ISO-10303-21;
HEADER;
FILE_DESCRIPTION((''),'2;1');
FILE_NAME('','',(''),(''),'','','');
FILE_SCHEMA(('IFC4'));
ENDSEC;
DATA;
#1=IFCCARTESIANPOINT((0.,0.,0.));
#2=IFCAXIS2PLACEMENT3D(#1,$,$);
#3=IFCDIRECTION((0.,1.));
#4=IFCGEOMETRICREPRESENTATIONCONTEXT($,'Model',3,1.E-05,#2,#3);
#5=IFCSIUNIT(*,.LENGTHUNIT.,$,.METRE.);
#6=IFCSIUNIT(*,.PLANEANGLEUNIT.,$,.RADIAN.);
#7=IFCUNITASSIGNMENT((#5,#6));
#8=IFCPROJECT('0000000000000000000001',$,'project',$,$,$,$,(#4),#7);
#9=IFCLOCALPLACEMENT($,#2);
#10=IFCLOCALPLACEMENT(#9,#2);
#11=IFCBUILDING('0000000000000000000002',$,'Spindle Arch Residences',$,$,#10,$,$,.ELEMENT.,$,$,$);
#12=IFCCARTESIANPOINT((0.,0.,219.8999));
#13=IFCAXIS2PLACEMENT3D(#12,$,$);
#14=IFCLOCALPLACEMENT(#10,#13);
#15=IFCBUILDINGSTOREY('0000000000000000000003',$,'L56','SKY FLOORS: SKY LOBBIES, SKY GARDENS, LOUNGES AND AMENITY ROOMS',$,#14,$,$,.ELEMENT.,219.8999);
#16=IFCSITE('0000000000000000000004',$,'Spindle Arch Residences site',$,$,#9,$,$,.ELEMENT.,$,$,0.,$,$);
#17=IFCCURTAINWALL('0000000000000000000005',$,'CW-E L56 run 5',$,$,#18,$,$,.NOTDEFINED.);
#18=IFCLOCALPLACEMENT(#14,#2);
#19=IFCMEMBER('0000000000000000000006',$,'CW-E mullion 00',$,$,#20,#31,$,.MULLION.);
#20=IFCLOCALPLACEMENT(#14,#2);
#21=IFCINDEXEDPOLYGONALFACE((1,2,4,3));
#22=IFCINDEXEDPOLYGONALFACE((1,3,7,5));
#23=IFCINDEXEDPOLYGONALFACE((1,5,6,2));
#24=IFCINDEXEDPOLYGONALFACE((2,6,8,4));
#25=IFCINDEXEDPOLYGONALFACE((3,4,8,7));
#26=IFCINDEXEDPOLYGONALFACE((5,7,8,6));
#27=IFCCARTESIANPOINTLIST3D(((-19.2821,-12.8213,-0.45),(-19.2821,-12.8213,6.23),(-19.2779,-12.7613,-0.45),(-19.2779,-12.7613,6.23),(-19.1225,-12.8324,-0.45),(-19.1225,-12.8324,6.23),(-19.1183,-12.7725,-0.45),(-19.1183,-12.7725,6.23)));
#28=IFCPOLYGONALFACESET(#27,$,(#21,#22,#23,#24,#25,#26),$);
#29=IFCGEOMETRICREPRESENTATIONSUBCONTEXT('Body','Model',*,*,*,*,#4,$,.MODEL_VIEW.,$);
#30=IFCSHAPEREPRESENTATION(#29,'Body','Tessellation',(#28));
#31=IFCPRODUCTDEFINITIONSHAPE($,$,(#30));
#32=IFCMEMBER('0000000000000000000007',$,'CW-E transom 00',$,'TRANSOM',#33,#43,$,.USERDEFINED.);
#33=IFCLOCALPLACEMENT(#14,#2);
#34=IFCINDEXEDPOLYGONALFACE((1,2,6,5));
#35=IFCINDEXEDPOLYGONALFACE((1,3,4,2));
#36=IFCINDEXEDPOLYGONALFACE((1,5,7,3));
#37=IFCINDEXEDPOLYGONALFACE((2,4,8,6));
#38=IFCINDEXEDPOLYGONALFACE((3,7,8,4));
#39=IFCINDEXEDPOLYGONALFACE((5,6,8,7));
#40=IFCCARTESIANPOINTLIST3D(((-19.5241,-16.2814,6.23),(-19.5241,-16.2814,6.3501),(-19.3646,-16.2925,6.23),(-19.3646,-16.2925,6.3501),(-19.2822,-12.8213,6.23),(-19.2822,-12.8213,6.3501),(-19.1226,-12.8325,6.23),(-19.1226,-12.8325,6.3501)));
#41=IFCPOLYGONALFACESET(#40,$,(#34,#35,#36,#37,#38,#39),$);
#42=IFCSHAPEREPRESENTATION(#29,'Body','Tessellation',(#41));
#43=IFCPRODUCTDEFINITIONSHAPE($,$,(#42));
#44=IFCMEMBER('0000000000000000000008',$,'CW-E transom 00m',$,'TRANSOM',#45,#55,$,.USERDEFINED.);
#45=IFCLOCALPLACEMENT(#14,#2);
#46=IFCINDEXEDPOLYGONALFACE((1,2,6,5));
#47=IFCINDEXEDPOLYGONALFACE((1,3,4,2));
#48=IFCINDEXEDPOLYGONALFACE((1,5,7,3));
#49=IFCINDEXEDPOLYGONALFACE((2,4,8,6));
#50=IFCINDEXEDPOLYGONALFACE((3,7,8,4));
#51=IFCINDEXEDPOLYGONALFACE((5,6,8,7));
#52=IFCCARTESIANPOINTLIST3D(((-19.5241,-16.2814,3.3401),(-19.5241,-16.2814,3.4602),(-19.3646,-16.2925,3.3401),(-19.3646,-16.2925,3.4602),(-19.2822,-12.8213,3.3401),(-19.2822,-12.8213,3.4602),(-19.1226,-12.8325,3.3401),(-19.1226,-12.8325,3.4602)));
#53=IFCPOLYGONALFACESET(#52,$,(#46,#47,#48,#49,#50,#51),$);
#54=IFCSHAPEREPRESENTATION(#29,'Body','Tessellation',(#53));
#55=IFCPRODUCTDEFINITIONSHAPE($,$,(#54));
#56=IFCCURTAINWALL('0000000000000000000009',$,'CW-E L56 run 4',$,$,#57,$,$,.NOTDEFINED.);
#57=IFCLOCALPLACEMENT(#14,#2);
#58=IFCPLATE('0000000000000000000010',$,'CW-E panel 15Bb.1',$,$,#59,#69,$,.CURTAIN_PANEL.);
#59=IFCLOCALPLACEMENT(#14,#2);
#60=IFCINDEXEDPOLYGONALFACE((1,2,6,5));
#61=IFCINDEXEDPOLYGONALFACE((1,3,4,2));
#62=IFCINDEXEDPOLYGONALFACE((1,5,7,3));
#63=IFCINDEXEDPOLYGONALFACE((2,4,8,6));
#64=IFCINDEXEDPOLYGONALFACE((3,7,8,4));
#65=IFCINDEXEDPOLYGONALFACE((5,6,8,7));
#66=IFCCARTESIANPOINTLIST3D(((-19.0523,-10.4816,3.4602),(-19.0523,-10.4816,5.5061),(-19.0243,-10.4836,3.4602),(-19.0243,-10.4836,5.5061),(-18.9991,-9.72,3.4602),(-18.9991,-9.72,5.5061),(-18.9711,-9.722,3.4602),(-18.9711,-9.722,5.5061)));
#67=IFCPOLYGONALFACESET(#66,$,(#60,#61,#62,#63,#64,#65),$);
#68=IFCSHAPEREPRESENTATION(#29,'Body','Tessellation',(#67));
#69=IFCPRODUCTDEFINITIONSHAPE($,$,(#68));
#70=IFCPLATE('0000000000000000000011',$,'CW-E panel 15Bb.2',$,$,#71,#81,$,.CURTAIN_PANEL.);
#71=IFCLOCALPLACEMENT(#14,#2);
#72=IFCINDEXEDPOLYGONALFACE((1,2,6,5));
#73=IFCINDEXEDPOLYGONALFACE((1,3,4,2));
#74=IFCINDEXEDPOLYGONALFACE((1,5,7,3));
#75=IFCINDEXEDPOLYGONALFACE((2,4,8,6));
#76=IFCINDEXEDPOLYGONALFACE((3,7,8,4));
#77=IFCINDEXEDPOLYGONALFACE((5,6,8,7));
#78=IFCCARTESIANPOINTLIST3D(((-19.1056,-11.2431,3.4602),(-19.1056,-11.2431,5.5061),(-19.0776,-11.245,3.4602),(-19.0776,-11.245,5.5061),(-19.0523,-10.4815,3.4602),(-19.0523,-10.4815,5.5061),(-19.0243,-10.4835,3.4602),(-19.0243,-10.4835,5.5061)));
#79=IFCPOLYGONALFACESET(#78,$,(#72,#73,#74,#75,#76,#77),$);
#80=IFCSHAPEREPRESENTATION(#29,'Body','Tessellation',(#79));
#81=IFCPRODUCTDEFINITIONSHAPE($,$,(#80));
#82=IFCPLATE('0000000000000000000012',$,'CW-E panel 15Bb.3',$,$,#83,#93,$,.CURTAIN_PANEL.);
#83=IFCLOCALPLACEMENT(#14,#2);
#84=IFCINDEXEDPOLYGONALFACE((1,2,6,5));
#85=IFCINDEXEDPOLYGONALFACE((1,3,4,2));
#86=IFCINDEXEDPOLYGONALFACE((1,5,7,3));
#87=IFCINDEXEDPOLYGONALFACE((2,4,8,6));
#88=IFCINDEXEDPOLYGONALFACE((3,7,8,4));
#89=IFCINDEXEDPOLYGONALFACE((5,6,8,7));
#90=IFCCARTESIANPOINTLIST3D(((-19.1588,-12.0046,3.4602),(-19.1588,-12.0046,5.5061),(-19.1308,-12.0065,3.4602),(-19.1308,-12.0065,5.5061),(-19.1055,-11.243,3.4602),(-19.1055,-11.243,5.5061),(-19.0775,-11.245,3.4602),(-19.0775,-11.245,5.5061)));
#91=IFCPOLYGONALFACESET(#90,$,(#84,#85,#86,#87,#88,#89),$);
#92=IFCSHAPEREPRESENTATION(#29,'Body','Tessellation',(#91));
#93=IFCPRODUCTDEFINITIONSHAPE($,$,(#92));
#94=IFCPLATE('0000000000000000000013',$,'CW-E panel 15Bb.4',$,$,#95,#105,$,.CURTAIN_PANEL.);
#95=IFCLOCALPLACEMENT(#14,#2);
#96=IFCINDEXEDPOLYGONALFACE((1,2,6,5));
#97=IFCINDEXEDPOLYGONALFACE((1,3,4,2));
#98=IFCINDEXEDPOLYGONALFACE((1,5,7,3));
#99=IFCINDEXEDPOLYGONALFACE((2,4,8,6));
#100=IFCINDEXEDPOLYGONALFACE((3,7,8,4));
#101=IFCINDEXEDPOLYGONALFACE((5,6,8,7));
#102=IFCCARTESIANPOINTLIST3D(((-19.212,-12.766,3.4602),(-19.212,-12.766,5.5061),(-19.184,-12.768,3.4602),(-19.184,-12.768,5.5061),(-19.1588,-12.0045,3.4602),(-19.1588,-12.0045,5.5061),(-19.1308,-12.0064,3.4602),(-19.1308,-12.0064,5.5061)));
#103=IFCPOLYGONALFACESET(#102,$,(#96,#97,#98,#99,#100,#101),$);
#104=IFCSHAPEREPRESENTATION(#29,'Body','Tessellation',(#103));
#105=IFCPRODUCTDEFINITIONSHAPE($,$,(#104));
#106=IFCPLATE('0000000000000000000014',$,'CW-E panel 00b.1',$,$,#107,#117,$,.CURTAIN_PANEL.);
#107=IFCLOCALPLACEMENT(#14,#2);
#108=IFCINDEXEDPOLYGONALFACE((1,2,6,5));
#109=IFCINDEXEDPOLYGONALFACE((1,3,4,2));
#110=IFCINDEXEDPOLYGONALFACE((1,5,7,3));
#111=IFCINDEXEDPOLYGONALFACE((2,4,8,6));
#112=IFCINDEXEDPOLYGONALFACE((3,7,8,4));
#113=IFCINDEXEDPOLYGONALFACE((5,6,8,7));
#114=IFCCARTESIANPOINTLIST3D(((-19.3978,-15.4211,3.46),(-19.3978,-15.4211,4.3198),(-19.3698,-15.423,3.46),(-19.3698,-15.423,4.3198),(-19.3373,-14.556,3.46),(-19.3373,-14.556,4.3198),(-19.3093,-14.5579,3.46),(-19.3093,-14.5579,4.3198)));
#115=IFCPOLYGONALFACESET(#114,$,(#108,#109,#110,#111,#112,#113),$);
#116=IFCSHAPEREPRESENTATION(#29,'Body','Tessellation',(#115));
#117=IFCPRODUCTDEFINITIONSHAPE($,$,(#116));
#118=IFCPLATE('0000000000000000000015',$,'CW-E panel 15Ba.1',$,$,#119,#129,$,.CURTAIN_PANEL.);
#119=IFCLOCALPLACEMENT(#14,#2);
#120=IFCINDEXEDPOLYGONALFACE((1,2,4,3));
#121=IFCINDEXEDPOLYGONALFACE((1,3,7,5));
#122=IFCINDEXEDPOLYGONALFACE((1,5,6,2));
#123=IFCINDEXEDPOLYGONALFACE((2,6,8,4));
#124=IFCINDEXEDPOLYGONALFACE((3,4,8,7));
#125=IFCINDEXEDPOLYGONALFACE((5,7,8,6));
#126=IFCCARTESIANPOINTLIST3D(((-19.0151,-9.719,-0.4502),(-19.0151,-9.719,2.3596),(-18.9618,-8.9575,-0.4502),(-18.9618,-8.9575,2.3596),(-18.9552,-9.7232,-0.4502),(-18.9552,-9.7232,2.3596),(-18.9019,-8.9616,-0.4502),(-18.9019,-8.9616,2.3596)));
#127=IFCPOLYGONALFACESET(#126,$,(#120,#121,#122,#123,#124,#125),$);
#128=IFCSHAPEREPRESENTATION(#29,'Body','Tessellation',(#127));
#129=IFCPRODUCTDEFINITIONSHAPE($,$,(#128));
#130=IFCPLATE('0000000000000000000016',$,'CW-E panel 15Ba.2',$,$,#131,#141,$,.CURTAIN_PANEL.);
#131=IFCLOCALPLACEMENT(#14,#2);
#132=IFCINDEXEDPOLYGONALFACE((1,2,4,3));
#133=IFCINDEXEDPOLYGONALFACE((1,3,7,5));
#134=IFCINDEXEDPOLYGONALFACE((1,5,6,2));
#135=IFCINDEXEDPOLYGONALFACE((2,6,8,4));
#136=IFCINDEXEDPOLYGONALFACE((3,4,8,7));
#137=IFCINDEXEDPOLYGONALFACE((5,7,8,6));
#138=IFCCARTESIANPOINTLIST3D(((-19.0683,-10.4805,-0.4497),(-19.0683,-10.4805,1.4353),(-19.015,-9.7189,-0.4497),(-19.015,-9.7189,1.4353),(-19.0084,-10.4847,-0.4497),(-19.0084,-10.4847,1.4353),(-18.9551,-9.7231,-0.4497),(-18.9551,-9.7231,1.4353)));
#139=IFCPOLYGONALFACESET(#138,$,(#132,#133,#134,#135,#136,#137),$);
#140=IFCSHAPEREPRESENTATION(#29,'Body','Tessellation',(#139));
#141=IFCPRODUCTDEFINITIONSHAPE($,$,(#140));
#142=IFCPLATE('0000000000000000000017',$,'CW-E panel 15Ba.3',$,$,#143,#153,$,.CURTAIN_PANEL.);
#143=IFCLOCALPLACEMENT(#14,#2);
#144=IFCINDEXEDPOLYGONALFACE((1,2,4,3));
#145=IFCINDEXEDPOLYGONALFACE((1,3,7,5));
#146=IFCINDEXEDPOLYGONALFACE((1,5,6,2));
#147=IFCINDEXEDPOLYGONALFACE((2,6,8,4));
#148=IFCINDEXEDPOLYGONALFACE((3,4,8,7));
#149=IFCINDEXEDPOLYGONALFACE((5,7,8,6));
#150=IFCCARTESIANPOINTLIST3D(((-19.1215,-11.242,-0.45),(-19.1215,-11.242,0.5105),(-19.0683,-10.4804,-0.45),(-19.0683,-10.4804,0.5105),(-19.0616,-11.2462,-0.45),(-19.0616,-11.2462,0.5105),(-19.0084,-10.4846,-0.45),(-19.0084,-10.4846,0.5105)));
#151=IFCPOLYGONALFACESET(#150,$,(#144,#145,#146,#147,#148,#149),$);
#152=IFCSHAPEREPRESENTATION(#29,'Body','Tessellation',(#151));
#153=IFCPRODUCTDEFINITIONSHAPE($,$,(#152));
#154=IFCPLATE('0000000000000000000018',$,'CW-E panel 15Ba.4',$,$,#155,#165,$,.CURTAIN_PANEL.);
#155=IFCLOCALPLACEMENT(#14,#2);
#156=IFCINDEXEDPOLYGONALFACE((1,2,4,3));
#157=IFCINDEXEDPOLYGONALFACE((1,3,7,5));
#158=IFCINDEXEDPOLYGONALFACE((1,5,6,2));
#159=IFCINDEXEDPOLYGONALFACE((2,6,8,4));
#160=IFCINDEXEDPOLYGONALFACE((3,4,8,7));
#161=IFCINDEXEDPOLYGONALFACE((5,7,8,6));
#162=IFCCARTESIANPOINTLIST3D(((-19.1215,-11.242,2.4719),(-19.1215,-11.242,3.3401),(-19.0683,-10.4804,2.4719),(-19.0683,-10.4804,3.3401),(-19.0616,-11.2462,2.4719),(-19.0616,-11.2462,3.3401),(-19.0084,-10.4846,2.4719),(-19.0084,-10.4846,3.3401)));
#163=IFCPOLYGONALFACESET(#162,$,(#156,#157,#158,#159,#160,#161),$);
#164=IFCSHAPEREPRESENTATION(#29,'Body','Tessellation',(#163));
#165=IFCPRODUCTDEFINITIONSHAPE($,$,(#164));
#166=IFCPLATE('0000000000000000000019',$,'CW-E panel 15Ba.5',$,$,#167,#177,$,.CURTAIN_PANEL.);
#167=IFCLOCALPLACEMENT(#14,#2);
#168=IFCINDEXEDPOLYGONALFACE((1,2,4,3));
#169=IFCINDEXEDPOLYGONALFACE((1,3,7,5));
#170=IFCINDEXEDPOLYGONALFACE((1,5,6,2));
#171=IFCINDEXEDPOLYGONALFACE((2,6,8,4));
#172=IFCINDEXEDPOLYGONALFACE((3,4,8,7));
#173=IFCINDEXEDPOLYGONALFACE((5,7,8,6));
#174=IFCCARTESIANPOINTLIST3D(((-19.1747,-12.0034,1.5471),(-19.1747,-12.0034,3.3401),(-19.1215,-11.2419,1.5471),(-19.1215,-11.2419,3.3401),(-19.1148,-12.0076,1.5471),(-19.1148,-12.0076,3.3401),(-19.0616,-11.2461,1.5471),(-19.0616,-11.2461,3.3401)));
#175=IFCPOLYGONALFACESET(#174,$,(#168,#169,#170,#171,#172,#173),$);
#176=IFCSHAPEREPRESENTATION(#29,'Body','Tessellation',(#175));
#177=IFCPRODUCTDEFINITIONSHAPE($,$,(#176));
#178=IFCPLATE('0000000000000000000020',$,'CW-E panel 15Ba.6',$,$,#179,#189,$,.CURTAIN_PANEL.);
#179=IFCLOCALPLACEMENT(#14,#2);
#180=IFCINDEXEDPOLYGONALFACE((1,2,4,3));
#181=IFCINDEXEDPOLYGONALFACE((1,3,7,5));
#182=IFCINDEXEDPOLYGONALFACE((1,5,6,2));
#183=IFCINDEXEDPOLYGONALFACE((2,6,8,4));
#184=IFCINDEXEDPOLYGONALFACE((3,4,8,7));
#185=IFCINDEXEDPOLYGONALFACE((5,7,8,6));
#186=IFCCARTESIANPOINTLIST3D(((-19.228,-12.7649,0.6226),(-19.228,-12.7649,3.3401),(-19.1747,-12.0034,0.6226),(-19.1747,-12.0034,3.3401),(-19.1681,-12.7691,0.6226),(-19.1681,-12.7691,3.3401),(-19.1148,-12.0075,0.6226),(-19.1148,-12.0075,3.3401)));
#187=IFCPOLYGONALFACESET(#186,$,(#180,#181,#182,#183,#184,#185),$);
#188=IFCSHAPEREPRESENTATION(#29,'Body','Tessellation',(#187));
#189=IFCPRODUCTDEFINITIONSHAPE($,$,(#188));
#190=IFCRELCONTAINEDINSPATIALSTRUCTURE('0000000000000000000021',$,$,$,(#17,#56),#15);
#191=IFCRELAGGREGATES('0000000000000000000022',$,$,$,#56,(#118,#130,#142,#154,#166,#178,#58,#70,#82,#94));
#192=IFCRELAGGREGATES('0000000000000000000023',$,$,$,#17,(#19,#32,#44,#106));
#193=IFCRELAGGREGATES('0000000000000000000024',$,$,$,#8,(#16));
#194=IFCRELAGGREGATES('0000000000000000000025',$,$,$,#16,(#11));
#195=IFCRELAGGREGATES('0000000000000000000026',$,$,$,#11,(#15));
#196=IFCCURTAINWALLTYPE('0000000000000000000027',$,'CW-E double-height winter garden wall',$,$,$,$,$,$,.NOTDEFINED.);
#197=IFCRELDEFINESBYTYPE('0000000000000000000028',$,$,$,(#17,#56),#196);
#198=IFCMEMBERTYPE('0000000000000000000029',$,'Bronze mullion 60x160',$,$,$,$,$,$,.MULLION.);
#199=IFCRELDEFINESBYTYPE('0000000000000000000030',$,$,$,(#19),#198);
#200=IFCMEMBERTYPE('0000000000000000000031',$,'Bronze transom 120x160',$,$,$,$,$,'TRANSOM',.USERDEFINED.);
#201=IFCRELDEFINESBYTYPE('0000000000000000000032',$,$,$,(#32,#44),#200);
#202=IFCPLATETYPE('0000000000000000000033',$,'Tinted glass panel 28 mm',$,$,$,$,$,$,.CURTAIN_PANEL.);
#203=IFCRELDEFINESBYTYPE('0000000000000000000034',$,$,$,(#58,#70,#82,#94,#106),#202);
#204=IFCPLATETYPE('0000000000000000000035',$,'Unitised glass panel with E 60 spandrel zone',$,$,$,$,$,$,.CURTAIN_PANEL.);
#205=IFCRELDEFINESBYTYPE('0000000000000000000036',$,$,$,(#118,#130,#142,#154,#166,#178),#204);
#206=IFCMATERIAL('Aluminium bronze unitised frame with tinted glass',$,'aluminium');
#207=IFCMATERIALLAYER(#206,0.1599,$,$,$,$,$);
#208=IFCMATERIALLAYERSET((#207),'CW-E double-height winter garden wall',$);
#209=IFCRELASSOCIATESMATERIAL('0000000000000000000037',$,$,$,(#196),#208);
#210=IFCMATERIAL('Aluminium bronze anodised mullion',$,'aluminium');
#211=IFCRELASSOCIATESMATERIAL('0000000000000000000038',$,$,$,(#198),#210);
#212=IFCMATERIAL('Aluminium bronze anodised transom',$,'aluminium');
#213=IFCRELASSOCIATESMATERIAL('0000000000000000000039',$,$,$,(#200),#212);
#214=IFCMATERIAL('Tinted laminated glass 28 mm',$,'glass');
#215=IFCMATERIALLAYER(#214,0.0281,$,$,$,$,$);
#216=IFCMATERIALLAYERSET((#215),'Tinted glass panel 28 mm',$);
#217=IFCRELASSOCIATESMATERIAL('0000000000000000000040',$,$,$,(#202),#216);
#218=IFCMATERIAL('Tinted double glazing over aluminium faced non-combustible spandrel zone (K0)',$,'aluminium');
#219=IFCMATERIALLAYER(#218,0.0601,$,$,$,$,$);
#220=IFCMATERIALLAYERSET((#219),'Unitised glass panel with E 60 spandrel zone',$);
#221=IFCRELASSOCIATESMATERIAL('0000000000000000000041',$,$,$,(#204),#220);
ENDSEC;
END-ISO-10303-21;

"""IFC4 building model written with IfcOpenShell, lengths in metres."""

from ifc_helpers import new_model, si_unit, direction, frame, origin, origin_2d, place, context, subcontext, project, spatial, rectangle, extrude, material, layer, layer_set, material_profile, profile_set, type_object, element, aggregate, save


model = new_model("IFC4")

# Units and contexts
model_context = context("Model", 3, precision=1e-05, world=origin(), true_north=direction((0.0, 1.0)))
body_context = subcontext(model_context, "Body", "Model", "MODEL_VIEW")
ifc_project = project(units=[si_unit("LENGTHUNIT", "METRE"), si_unit("PLANEANGLEUNIT", "RADIAN")], contexts=[model_context])

# Site, building, storey
site_placement = place(None, origin())
site = spatial("IfcSite", under=ifc_project, at=site_placement, Name="Spindle Arch Residences site", CompositionType="ELEMENT", RefElevation=0.0)
building_placement = place(site_placement, origin())
building = spatial("IfcBuilding", under=site, at=building_placement, Name="Spindle Arch Residences", CompositionType="ELEMENT")
storey_placement = place(building_placement, frame((0.0, 0.0, 219.8999)))
storey = spatial("IfcBuildingStorey", under=building, at=storey_placement, Name="L56", Description="SKY FLOORS: SKY LOBBIES, SKY GARDENS, LOUNGES AND AMENITY ROOMS", CompositionType="ELEMENT", Elevation=219.8999)

# Curtain wall, members
ifc_material_1 = material(Name="Aluminium bronze unitised frame with tinted glass", Category="aluminium")
ifc_layer_1 = layer(ifc_material_1, 0.1599)
ifc_layer_set_1 = layer_set([ifc_layer_1], Name="CW-E double-height winter garden wall")
curtain_wall_type = type_object("IfcCurtainWallType", Name="CW-E double-height winter garden wall", PredefinedType="NOTDEFINED", material=ifc_layer_set_1)
curtain_wall_1_placement = place(storey_placement, origin())
curtain_wall_1 = element("IfcCurtainWall", 1, at=curtain_wall_1_placement, inside=storey, type_object=curtain_wall_type, Name="CW-E L56 run 5", PredefinedType="NOTDEFINED")
ifc_material_2 = material(Name="Aluminium bronze anodised mullion", Category="aluminium")
ifc_material_profile_1 = material_profile(ifc_material_2, rectangle(XDim=0.1599, YDim=0.0601, at=origin_2d()), Name="MU 60x160")
ifc_profile_set_1 = profile_set([ifc_material_profile_1], Name="Aluminium bronze anodised mullion")
member_type_1 = type_object("IfcMemberType", Name="Bronze mullion 60x160", PredefinedType="MULLION", material=ifc_profile_set_1)
member_1_placement = place(storey_placement, frame((-19.2002, -12.7969, -0.45), z_axis=(0.0, 0.0, 1.0), x_axis=(0.997564, -0.069756, 0.0)))
member_1 = element("IfcMember", 2, at=member_1_placement, type_object=member_type_1, Name="CW-E mullion 00", PredefinedType="MULLION", context=body_context, shape_type="SweptSolid", body=[
    extrude(rectangle(XDim=0.1599, YDim=0.0601, at=origin_2d()), origin(), (0.0, 0.0, 1.0), 6.6799),
])
ifc_material_3 = material(Name="Aluminium bronze anodised transom", Category="aluminium")
ifc_material_profile_2 = material_profile(ifc_material_3, rectangle(XDim=0.1599, YDim=0.1201, at=origin_2d()), Name="TR 120x160")
ifc_profile_set_2 = profile_set([ifc_material_profile_2], Name="Aluminium bronze anodised transom")
member_type_2 = type_object("IfcMemberType", Name="Bronze transom 120x160", ElementType="TRANSOM", PredefinedType="USERDEFINED", material=ifc_profile_set_2)
member_2_placement = place(storey_placement, frame((-19.2024, -12.8269, 6.29), z_axis=(-0.069756, -0.997564, 0.0), x_axis=(0.997564, -0.069756, 0.0)))
member_2 = element("IfcMember", 3, at=member_2_placement, type_object=member_type_2, Name="CW-E transom 00", ObjectType="TRANSOM", PredefinedType="USERDEFINED", context=body_context, shape_type="SweptSolid", body=[
    extrude(rectangle(XDim=0.1599, YDim=0.1201, at=origin_2d()), origin(), (0.0, 0.0, 1.0), 3.4685),
])
member_3_placement = place(storey_placement, frame((-19.2024, -12.8269, 3.4001), z_axis=(-0.069756, -0.997564, 0.0), x_axis=(0.997564, -0.069756, 0.0)))
member_3 = element("IfcMember", 4, at=member_3_placement, type_object=member_type_2, Name="CW-E transom 00m", ObjectType="TRANSOM", PredefinedType="USERDEFINED", context=body_context, shape_type="SweptSolid", body=[
    extrude(rectangle(XDim=0.1599, YDim=0.1201, at=origin_2d()), origin(), (0.0, 0.0, 1.0), 3.4685),
])

# Curtain wall, plates
curtain_wall_2_placement = place(storey_placement, origin())
curtain_wall_2 = element("IfcCurtainWall", 5, at=curtain_wall_2_placement, inside=storey, type_object=curtain_wall_type, Name="CW-E L56 run 4", PredefinedType="NOTDEFINED")
ifc_material_4 = material(Name="Tinted laminated glass 28 mm", Category="glass")
ifc_layer_2 = layer(ifc_material_4, 0.0281)
ifc_layer_set_2 = layer_set([ifc_layer_2], Name="Tinted glass panel 28 mm")
plate_type_1 = type_object("IfcPlateType", Name="Tinted glass panel 28 mm", PredefinedType="CURTAIN_PANEL", material=ifc_layer_set_2)
plate_1_placement = place(storey_placement, frame((-19.0117, -10.1018, 3.4602), z_axis=(0.0, 0.0, 1.0), x_axis=(-0.069756, -0.997564, 0.0)))
plate_1 = element("IfcPlate", 6, at=plate_1_placement, type_object=plate_type_1, Name="CW-E panel 15Bb.1", PredefinedType="CURTAIN_PANEL", context=body_context, shape_type="SweptSolid", body=[
    extrude(rectangle(XDim=0.7634, YDim=0.0281, at=origin_2d()), origin(), (0.0, 0.0, 1.0), 2.0459),
])
plate_2_placement = place(storey_placement, frame((-19.0649, -10.8633, 3.4602), z_axis=(0.0, 0.0, 1.0), x_axis=(-0.069756, -0.997564, 0.0)))
plate_2 = element("IfcPlate", 7, at=plate_2_placement, type_object=plate_type_1, Name="CW-E panel 15Bb.2", PredefinedType="CURTAIN_PANEL", context=body_context, shape_type="SweptSolid", body=[
    extrude(rectangle(XDim=0.7634, YDim=0.0281, at=origin_2d()), origin(), (0.0, 0.0, 1.0), 2.0459),
])
plate_3_placement = place(storey_placement, frame((-19.1182, -11.6248, 3.4602), z_axis=(0.0, 0.0, 1.0), x_axis=(-0.069756, -0.997564, 0.0)))
plate_3 = element("IfcPlate", 8, at=plate_3_placement, type_object=plate_type_1, Name="CW-E panel 15Bb.3", PredefinedType="CURTAIN_PANEL", context=body_context, shape_type="SweptSolid", body=[
    extrude(rectangle(XDim=0.7634, YDim=0.0281, at=origin_2d()), origin(), (0.0, 0.0, 1.0), 2.0459),
])
plate_4_placement = place(storey_placement, frame((-19.1714, -12.3862, 3.4602), z_axis=(0.0, 0.0, 1.0), x_axis=(-0.069756, -0.997564, 0.0)))
plate_4 = element("IfcPlate", 9, at=plate_4_placement, type_object=plate_type_1, Name="CW-E panel 15Bb.4", PredefinedType="CURTAIN_PANEL", context=body_context, shape_type="SweptSolid", body=[
    extrude(rectangle(XDim=0.7634, YDim=0.0281, at=origin_2d()), origin(), (0.0, 0.0, 1.0), 2.0459),
])

# Plates
plate_5_placement = place(storey_placement, frame((-19.3535, -14.9895, 3.46), z_axis=(0.0, 0.0, 1.0), x_axis=(-0.069756, -0.997564, 0.0)))
plate_5 = element("IfcPlate", 10, at=plate_5_placement, type_object=plate_type_1, Name="CW-E panel 00b.1", PredefinedType="CURTAIN_PANEL", context=body_context, shape_type="SweptSolid", body=[
    extrude(rectangle(XDim=0.8672, YDim=0.0281, at=origin_2d()), origin(), (0.0, 0.0, 1.0), 0.8599),
])
ifc_material_5 = material(Name="Tinted double glazing over aluminium faced non-combustible spandrel zone (K0)", Category="aluminium")
ifc_layer_3 = layer(ifc_material_5, 0.0601)
ifc_layer_set_3 = layer_set([ifc_layer_3], Name="Unitised glass panel with E 60 spandrel zone")
plate_type_2 = type_object("IfcPlateType", Name="Unitised glass panel with E 60 spandrel zone", PredefinedType="CURTAIN_PANEL", material=ifc_layer_set_3)
plate_6_placement = place(storey_placement, frame((-18.9585, -9.3403, -0.4502), z_axis=(0.0, 0.0, 1.0), x_axis=(-0.069756, -0.997564, 0.0)))
plate_6 = element("IfcPlate", 11, at=plate_6_placement, type_object=plate_type_2, Name="CW-E panel 15Ba.1", PredefinedType="CURTAIN_PANEL", context=body_context, shape_type="SweptSolid", body=[
    extrude(rectangle(XDim=0.7634, YDim=0.0601, at=origin_2d()), origin(), (0.0, 0.0, 1.0), 2.8098),
])
plate_7_placement = place(storey_placement, frame((-19.0117, -10.1018, -0.4497), z_axis=(0.0, 0.0, 1.0), x_axis=(-0.069756, -0.997564, 0.0)))
plate_7 = element("IfcPlate", 12, at=plate_7_placement, type_object=plate_type_2, Name="CW-E panel 15Ba.2", PredefinedType="CURTAIN_PANEL", context=body_context, shape_type="SweptSolid", body=[
    extrude(rectangle(XDim=0.7634, YDim=0.0601, at=origin_2d()), origin(), (0.0, 0.0, 1.0), 1.885),
])
plate_8_placement = place(storey_placement, frame((-19.0649, -10.8633, -0.45), z_axis=(0.0, 0.0, 1.0), x_axis=(-0.069756, -0.997564, 0.0)))
plate_8 = element("IfcPlate", 13, at=plate_8_placement, type_object=plate_type_2, Name="CW-E panel 15Ba.3", PredefinedType="CURTAIN_PANEL", context=body_context, shape_type="SweptSolid", body=[
    extrude(rectangle(XDim=0.7634, YDim=0.0601, at=origin_2d()), origin(), (0.0, 0.0, 1.0), 0.9604),
])
plate_9_placement = place(storey_placement, frame((-19.0649, -10.8633, 2.4719), z_axis=(0.0, 0.0, 1.0), x_axis=(-0.069756, -0.997564, 0.0)))
plate_9 = element("IfcPlate", 14, at=plate_9_placement, type_object=plate_type_2, Name="CW-E panel 15Ba.4", PredefinedType="CURTAIN_PANEL", context=body_context, shape_type="SweptSolid", body=[
    extrude(rectangle(XDim=0.7634, YDim=0.0601, at=origin_2d()), origin(), (0.0, 0.0, 1.0), 0.8682),
])
plate_10_placement = place(storey_placement, frame((-19.1182, -11.6248, 1.5471), z_axis=(0.0, 0.0, 1.0), x_axis=(-0.069756, -0.997564, 0.0)))
plate_10 = element("IfcPlate", 15, at=plate_10_placement, type_object=plate_type_2, Name="CW-E panel 15Ba.5", PredefinedType="CURTAIN_PANEL", context=body_context, shape_type="SweptSolid", body=[
    extrude(rectangle(XDim=0.7634, YDim=0.0601, at=origin_2d()), origin(), (0.0, 0.0, 1.0), 1.793),
])
plate_11_placement = place(storey_placement, frame((-19.1714, -12.3862, 0.6226), z_axis=(0.0, 0.0, 1.0), x_axis=(-0.069756, -0.997564, 0.0)))
plate_11 = element("IfcPlate", 16, at=plate_11_placement, type_object=plate_type_2, Name="CW-E panel 15Ba.6", PredefinedType="CURTAIN_PANEL", context=body_context, shape_type="SweptSolid", body=[
    extrude(rectangle(XDim=0.7634, YDim=0.0601, at=origin_2d()), origin(), (0.0, 0.0, 1.0), 2.7175),
])
aggregate(curtain_wall_2, [plate_6, plate_7, plate_8, plate_9, plate_10, plate_11, plate_1, plate_2, plate_3, plate_4])
aggregate(curtain_wall_1, [member_1, member_2, member_3, plate_5])

save(model, "model.ifc")
